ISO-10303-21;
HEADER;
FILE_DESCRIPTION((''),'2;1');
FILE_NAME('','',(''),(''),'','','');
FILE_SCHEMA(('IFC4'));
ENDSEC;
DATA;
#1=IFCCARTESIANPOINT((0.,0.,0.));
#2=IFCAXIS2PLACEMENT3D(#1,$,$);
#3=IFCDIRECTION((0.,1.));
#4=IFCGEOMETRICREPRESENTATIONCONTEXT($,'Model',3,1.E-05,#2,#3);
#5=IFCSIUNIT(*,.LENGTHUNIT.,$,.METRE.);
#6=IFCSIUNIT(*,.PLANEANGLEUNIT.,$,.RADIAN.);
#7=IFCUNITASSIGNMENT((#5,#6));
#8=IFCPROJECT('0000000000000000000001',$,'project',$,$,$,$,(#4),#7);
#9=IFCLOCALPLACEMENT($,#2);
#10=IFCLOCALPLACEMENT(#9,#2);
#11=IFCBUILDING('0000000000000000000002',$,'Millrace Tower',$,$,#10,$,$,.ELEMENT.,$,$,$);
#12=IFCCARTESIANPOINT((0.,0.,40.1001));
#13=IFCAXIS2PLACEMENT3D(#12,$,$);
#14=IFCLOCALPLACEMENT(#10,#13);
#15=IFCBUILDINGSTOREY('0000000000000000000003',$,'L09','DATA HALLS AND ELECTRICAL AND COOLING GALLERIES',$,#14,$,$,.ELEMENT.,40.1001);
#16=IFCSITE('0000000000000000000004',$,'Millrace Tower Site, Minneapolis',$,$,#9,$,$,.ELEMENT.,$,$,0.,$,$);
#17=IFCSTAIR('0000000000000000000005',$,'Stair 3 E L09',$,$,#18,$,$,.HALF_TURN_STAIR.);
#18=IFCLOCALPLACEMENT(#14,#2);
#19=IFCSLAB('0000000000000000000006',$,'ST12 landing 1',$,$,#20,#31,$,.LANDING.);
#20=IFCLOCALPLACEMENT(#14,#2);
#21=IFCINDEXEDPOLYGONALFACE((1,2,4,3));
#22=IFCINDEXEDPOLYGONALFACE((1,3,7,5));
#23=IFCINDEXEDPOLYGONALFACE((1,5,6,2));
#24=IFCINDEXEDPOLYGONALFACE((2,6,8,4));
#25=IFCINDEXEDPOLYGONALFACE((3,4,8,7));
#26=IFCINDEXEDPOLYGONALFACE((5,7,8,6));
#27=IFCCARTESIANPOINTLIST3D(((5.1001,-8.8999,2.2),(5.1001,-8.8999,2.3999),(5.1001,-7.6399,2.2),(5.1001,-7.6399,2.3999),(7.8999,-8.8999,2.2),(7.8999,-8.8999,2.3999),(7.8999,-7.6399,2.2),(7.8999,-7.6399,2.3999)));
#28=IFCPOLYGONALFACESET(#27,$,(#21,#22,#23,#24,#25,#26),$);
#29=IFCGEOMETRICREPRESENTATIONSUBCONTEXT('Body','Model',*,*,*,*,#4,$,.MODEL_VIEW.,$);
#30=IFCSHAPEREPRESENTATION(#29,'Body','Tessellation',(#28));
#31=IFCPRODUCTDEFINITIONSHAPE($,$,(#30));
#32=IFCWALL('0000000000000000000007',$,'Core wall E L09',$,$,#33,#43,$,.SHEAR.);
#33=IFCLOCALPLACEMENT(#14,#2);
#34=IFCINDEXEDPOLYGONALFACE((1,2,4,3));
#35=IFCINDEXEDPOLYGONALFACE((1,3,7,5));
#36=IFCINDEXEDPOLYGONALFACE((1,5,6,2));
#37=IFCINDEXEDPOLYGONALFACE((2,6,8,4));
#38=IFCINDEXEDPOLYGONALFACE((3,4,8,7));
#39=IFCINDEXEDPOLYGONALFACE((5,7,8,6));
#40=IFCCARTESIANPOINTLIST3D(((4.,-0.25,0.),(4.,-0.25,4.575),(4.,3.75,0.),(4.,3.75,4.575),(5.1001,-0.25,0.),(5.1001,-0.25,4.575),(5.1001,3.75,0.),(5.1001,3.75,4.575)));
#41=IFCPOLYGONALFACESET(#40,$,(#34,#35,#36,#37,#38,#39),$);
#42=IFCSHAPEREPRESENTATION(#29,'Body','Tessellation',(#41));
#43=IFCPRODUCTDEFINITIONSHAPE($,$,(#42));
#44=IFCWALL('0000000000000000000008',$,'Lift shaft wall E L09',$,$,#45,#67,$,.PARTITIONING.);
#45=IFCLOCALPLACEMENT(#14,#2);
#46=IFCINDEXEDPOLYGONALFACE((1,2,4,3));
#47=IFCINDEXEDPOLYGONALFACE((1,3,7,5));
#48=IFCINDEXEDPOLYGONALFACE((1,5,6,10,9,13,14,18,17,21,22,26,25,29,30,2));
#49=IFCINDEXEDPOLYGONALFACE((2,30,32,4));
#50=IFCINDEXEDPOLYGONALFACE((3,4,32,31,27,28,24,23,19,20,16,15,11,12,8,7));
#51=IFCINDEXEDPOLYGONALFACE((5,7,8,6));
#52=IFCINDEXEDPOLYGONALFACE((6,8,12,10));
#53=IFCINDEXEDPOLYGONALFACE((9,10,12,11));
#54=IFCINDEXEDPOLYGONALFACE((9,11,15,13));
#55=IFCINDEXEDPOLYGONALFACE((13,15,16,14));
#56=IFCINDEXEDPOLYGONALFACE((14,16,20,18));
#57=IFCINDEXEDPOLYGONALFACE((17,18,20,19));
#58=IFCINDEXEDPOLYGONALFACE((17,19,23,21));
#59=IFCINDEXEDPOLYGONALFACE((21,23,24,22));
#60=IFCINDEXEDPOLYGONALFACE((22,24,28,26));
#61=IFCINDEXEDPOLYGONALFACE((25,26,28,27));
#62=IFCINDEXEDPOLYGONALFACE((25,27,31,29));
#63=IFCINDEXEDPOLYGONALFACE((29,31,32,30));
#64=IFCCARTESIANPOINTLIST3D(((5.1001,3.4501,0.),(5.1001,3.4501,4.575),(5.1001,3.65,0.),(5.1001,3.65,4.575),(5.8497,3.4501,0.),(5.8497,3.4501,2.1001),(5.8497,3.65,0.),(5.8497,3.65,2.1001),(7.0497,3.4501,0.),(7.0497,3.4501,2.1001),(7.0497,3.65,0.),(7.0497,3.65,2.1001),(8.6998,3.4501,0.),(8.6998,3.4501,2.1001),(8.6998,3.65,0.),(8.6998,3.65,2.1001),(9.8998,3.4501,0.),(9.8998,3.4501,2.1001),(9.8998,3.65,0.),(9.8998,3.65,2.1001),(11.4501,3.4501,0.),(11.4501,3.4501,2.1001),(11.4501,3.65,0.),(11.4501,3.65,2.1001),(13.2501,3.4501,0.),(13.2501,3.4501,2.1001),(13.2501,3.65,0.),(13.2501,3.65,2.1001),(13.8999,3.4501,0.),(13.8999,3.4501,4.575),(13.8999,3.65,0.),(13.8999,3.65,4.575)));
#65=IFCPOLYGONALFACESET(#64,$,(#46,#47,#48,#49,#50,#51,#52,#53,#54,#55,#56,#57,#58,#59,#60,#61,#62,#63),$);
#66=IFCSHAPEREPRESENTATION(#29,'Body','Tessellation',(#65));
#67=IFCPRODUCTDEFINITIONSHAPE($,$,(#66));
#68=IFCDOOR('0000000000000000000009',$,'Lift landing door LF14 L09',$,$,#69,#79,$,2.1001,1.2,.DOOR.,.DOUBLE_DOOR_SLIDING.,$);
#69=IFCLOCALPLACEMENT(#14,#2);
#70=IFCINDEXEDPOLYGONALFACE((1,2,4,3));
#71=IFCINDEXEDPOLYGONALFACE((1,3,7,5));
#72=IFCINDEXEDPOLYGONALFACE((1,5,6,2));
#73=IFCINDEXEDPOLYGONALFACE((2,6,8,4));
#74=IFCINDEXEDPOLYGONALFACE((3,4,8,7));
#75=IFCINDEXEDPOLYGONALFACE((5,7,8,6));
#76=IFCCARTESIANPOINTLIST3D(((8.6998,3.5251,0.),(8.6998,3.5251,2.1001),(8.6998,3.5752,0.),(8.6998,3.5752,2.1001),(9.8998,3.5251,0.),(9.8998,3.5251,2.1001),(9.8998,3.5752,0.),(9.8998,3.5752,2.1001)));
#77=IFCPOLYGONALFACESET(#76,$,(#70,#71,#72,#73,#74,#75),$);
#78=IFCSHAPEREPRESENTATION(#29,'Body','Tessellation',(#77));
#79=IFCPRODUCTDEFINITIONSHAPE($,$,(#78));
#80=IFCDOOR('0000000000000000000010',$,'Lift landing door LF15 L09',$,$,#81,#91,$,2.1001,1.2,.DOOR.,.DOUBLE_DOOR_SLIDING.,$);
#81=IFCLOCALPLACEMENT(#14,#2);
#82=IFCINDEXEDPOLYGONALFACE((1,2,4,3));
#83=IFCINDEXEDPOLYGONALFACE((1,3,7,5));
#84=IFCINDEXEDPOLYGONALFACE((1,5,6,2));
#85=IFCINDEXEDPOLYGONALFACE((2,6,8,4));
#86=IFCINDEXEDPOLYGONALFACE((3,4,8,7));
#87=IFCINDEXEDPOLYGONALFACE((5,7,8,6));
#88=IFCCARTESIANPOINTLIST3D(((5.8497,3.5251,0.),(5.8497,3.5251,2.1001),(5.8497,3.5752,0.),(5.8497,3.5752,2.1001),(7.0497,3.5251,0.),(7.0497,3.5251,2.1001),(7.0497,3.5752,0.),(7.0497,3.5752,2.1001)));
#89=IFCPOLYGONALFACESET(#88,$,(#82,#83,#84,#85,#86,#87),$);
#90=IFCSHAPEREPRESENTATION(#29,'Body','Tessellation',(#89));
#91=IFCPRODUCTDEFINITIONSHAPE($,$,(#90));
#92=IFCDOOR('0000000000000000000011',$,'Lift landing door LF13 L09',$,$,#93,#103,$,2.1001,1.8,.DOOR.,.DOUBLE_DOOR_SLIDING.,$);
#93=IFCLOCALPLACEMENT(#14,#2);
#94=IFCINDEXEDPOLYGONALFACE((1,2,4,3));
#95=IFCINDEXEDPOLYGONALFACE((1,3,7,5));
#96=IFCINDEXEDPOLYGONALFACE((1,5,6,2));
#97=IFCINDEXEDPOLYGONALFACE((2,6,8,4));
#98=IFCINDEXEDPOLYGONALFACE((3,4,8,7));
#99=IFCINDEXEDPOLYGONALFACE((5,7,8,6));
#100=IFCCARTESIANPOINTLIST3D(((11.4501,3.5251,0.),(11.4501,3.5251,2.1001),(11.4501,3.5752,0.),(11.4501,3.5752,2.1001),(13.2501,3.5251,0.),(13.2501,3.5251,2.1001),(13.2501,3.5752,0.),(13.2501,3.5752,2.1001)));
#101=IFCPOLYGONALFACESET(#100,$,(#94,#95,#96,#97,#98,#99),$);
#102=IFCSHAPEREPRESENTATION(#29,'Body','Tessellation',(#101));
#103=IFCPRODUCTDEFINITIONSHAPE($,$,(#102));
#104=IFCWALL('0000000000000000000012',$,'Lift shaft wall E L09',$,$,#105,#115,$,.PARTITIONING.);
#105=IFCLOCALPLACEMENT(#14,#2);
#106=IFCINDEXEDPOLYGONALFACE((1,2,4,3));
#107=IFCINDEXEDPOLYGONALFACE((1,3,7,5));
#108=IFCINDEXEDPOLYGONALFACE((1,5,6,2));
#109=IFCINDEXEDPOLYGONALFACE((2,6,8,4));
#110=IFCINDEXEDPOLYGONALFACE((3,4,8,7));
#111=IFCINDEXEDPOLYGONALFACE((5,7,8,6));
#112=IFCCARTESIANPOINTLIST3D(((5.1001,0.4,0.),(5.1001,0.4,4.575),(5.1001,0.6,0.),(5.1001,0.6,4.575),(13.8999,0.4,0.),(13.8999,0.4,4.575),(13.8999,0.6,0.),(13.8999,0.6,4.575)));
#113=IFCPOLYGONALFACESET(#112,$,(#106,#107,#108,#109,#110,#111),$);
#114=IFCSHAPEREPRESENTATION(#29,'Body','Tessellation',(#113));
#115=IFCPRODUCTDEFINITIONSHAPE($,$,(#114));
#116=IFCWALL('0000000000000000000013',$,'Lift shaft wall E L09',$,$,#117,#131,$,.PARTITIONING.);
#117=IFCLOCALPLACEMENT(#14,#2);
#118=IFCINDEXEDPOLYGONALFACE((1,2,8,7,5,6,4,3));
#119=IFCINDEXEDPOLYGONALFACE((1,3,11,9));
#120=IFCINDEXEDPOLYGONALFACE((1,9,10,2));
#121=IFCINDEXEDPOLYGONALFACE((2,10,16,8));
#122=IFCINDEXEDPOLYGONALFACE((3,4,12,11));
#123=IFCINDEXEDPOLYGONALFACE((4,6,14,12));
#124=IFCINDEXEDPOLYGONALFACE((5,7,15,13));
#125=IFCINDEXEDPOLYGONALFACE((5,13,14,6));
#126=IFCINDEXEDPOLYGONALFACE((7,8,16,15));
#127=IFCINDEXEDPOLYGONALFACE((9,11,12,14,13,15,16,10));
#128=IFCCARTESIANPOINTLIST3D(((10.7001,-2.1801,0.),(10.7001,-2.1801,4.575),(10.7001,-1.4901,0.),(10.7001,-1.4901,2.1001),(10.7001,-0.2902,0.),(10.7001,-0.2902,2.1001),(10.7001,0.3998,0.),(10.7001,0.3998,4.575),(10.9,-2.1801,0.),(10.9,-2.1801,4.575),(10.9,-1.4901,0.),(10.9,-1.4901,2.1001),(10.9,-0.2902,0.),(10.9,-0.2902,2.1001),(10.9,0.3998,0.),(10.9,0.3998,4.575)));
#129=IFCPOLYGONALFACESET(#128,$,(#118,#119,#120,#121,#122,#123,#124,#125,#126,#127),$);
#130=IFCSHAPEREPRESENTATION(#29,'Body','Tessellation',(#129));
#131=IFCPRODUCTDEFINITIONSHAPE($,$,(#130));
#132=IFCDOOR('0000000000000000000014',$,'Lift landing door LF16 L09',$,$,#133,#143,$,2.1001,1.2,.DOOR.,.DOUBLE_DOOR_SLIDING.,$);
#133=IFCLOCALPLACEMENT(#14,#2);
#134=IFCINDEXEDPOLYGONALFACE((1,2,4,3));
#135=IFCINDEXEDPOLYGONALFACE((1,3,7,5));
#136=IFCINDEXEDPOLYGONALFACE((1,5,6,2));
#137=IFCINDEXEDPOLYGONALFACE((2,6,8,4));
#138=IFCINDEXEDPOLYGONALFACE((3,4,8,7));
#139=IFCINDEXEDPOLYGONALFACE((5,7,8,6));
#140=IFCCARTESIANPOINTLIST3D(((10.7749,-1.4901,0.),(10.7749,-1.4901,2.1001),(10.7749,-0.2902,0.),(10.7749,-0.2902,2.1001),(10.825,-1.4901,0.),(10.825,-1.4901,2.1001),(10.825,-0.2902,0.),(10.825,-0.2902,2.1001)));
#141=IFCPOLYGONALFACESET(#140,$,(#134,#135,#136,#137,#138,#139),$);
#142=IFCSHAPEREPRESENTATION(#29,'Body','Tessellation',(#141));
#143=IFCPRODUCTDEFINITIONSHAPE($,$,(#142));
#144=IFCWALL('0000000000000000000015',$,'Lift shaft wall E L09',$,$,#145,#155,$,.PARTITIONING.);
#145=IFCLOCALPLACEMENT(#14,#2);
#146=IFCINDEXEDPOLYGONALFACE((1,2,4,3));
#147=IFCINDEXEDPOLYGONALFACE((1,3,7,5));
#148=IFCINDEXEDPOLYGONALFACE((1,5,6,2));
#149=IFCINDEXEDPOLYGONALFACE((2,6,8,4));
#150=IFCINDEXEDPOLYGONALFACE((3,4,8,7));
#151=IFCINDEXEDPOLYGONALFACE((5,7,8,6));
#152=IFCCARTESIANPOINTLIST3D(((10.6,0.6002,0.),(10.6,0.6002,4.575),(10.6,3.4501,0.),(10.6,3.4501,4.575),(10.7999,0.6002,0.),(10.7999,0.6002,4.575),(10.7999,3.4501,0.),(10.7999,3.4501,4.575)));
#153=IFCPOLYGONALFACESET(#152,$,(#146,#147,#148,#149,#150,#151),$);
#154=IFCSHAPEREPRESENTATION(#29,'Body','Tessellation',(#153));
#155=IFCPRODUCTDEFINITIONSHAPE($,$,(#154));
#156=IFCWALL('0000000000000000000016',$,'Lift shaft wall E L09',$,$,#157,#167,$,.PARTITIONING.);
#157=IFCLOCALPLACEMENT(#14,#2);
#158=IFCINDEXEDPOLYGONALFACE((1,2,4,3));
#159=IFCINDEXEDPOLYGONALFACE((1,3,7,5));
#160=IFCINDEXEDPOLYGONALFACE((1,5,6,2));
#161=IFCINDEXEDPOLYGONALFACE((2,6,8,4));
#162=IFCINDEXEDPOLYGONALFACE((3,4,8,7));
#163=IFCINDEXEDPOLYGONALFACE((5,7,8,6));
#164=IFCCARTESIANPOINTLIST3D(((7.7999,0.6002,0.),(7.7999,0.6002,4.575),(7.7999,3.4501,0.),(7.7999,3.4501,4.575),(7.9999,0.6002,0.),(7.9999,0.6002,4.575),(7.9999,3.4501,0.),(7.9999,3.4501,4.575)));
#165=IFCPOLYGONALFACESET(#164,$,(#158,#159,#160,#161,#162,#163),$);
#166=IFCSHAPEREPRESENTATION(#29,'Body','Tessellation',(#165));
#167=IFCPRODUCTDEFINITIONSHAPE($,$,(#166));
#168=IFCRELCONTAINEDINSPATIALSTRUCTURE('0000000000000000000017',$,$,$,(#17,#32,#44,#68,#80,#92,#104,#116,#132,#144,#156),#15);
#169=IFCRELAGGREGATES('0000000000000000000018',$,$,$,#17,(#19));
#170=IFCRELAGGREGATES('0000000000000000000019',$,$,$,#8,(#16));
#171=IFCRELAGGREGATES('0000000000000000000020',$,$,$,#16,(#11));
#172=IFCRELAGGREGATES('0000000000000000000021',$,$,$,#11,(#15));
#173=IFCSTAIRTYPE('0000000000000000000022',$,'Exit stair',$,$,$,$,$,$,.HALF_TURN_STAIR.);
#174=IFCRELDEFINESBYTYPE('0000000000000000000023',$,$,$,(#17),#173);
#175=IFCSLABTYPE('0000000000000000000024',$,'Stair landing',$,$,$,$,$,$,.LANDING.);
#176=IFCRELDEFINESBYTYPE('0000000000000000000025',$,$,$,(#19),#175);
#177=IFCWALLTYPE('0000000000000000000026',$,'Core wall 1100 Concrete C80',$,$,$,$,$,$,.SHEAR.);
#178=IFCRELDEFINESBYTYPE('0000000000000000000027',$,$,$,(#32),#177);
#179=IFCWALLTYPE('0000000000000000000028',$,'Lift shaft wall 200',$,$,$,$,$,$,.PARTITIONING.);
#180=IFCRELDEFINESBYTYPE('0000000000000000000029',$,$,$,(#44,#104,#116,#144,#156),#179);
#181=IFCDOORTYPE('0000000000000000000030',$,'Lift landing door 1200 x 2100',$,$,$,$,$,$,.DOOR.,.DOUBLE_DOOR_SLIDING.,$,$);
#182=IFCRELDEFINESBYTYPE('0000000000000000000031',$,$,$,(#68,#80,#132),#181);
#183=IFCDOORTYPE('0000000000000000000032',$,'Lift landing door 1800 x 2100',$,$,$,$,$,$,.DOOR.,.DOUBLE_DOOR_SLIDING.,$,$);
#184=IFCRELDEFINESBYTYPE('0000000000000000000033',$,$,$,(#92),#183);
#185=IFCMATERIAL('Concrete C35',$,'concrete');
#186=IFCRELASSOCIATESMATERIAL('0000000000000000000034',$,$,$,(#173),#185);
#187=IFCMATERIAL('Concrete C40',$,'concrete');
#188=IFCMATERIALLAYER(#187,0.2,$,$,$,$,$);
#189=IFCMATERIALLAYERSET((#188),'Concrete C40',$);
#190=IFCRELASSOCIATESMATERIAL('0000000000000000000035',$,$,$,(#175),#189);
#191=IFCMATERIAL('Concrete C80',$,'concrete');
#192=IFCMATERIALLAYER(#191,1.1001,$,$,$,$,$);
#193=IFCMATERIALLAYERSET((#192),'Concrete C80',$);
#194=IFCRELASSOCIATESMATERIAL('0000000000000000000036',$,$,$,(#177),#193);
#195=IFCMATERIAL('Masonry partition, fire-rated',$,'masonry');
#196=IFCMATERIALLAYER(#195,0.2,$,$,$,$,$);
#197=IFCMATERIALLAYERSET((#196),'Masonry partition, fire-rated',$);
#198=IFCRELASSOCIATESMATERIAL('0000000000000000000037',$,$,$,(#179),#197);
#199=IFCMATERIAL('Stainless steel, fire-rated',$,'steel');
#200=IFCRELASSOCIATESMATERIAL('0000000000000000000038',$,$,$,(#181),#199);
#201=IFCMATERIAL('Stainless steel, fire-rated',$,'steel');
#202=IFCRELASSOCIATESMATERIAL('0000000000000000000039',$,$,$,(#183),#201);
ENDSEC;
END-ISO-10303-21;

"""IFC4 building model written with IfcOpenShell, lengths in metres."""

from ifc_helpers import new_model, si_unit, direction, frame, frame_2d, origin, place, context, subcontext, project, spatial, polyline, rectangle, outline, extrude, material, layer, layer_set, type_object, element, fill, aggregate, save


model = new_model("IFC4")

# Units and contexts
model_context = context("Model", 3, precision=1e-05, world=origin(), true_north=direction((0.0, 1.0)))
body_context = subcontext(model_context, "Body", "Model", "MODEL_VIEW")
ifc_project = project(units=[si_unit("LENGTHUNIT", "METRE"), si_unit("PLANEANGLEUNIT", "RADIAN")], contexts=[model_context])

# Site, building, storey
site_placement = place(None, origin())
site = spatial("IfcSite", under=ifc_project, at=site_placement, Name="Millrace Tower Site, Minneapolis", CompositionType="ELEMENT", RefElevation=0.0)
building_placement = place(site_placement, origin())
building = spatial("IfcBuilding", under=site, at=building_placement, Name="Millrace Tower", CompositionType="ELEMENT")
storey_placement = place(building_placement, frame((0.0, 0.0, 40.1001)))
storey = spatial("IfcBuildingStorey", under=building, at=storey_placement, Name="L09", Description="DATA HALLS AND ELECTRICAL AND COOLING GALLERIES", CompositionType="ELEMENT", Elevation=40.1001)

# Shared definitions
placement_1 = place(storey_placement, origin())

# Stair, slab
ifc_material_1 = material(Name="Concrete C35", Category="concrete")
stair_type = type_object("IfcStairType", Name="Exit stair", PredefinedType="HALF_TURN_STAIR", material=ifc_material_1)
ifc_material_2 = material(Name="Concrete C40", Category="concrete")
ifc_layer_1 = layer(ifc_material_2, 0.2)
ifc_layer_set_1 = layer_set([ifc_layer_1], Name="Concrete C40")
slab_type = type_object("IfcSlabType", Name="Stair landing", PredefinedType="LANDING", material=ifc_layer_set_1)
placement_2 = place(storey_placement, frame((0.0, 0.0, 2.2)))
stair_1 = element("IfcStair", 1, at=placement_1, inside=storey, type_object=stair_type, Name="Stair 3 E L09", PredefinedType="HALF_TURN_STAIR")
slab_1 = element("IfcSlab", 2, at=placement_2, type_object=slab_type, Name="ST12 landing 1", PredefinedType="LANDING", context=body_context, shape_type="SweptSolid", body=[
    extrude(outline(polyline([(5.1001, -8.8999), (7.8999, -8.8999), (7.8999, -7.6399), (5.1001, -7.6399), (5.1001, -8.8999)])), origin(), (0.0, 0.0, 1.0), 0.2),
])
aggregate(stair_1, [slab_1])

# Wall
ifc_material_3 = material(Name="Concrete C80", Category="concrete")
ifc_layer_2 = layer(ifc_material_3, 1.1001)
ifc_layer_set_2 = layer_set([ifc_layer_2], Name="Concrete C80")
wall_type_1 = type_object("IfcWallType", Name="Core wall 1100 Concrete C80", PredefinedType="SHEAR", material=ifc_layer_set_2)
wall_1_placement = place(storey_placement, frame((4.55, 3.75, 0.0), z_axis=(0.0, 0.0, 1.0), x_axis=(0.0, -1.0, 0.0)))
element("IfcWall", 3, at=wall_1_placement, inside=storey, type_object=wall_type_1, Name="Core wall E L09", PredefinedType="SHEAR", context=body_context, shape_type="SweptSolid", body=[
    extrude(rectangle(XDim=4.0, YDim=1.1001, at=frame_2d((2.0, 0.0))), origin(), (0.0, 0.0, 1.0), 4.575),
])

# Wall, openings, doors
ifc_material_4 = material(Name="Masonry partition, fire-rated", Category="masonry")
ifc_layer_3 = layer(ifc_material_4, 0.2)
ifc_layer_set_3 = layer_set([ifc_layer_3], Name="Masonry partition, fire-rated")
wall_type_2 = type_object("IfcWallType", Name="Lift shaft wall 200", PredefinedType="PARTITIONING", material=ifc_layer_set_3)
wall_2_placement = place(storey_placement, frame((13.8999, 3.55, 0.0), z_axis=(0.0, 0.0, 1.0), x_axis=(-1.0, 0.0, 0.0)))
wall_2 = element("IfcWall", 4, at=wall_2_placement, inside=storey, type_object=wall_type_2, Name="Lift shaft wall E L09", PredefinedType="PARTITIONING", context=body_context, shape_type="SweptSolid", body=[
    extrude(rectangle(XDim=8.7998, YDim=0.2, at=frame_2d((4.3999, 0.0))), origin(), (0.0, 0.0, 1.0), 4.575),
])
opening_1_placement = place(wall_2_placement, frame((0.6499, 0.0, 0.0)))
opening_1 = element("IfcOpeningElement", 5, at=opening_1_placement, cuts=wall_2, PredefinedType="OPENING", context=body_context, shape_type="SweptSolid", body=[
    extrude(rectangle(XDim=1.8, YDim=2.1001, at=frame_2d((0.8999, 1.05))), frame((0.0, 0.1099, 0.0), z_axis=(0.0, -1.0, 0.0), x_axis=(1.0, 0.0, 0.0)), (0.0, 0.0, 1.0), 0.22),
])
opening_2_placement = place(wall_2_placement, frame((4.0, 0.0, 0.0)))
opening_2 = element("IfcOpeningElement", 6, at=opening_2_placement, cuts=wall_2, PredefinedType="OPENING", context=body_context, shape_type="SweptSolid", body=[
    extrude(rectangle(XDim=1.2, YDim=2.1001, at=frame_2d((0.6001, 1.05))), frame((0.0, 0.1099, 0.0), z_axis=(0.0, -1.0, 0.0), x_axis=(1.0, 0.0, 0.0)), (0.0, 0.0, 1.0), 0.22),
])
opening_3_placement = place(wall_2_placement, frame((6.8501, 0.0, 0.0)))
opening_3 = element("IfcOpeningElement", 7, at=opening_3_placement, cuts=wall_2, PredefinedType="OPENING", context=body_context, shape_type="SweptSolid", body=[
    extrude(rectangle(XDim=1.2, YDim=2.1001, at=frame_2d((0.6001, 1.05))), frame((0.0, 0.1099, 0.0), z_axis=(0.0, -1.0, 0.0), x_axis=(1.0, 0.0, 0.0)), (0.0, 0.0, 1.0), 0.22),
])
ifc_material_5 = material(Name="Stainless steel, fire-rated", Category="steel")
door_type_1 = type_object("IfcDoorType", Name="Lift landing door 1200 x 2100", OperationType="DOUBLE_DOOR_SLIDING", PredefinedType="DOOR", material=ifc_material_5)
door_1_placement = place(opening_2_placement, origin())
door_1 = element("IfcDoor", 8, at=door_1_placement, inside=storey, type_object=door_type_1, Name="Lift landing door LF14 L09", OperationType="DOUBLE_DOOR_SLIDING", OverallHeight=2.1001, OverallWidth=1.2, PredefinedType="DOOR", context=body_context, shape_type="SweptSolid", body=[
    extrude(rectangle(XDim=1.2, YDim=2.1001, at=frame_2d((0.6001, 1.05))), frame((0.0, 0.0249, 0.0), z_axis=(0.0, -1.0, 0.0), x_axis=(1.0, 0.0, 0.0)), (0.0, 0.0, 1.0), 0.05),
])
fill(opening_2, door_1)
door_2_placement = place(opening_3_placement, origin())
door_2 = element("IfcDoor", 9, at=door_2_placement, inside=storey, type_object=door_type_1, Name="Lift landing door LF15 L09", OperationType="DOUBLE_DOOR_SLIDING", OverallHeight=2.1001, OverallWidth=1.2, PredefinedType="DOOR", context=body_context, shape_type="SweptSolid", body=[
    extrude(rectangle(XDim=1.2, YDim=2.1001, at=frame_2d((0.6001, 1.05))), frame((0.0, 0.0249, 0.0), z_axis=(0.0, -1.0, 0.0), x_axis=(1.0, 0.0, 0.0)), (0.0, 0.0, 1.0), 0.05),
])
fill(opening_3, door_2)
ifc_material_6 = material(Name="Stainless steel, fire-rated", Category="steel")
door_type_2 = type_object("IfcDoorType", Name="Lift landing door 1800 x 2100", OperationType="DOUBLE_DOOR_SLIDING", PredefinedType="DOOR", material=ifc_material_6)
door_3_placement = place(opening_1_placement, origin())
door_3 = element("IfcDoor", 10, at=door_3_placement, inside=storey, type_object=door_type_2, Name="Lift landing door LF13 L09", OperationType="DOUBLE_DOOR_SLIDING", OverallHeight=2.1001, OverallWidth=1.8, PredefinedType="DOOR", context=body_context, shape_type="SweptSolid", body=[
    extrude(rectangle(XDim=1.8, YDim=2.1001, at=frame_2d((0.8999, 1.05))), frame((0.0, 0.0249, 0.0), z_axis=(0.0, -1.0, 0.0), x_axis=(1.0, 0.0, 0.0)), (0.0, 0.0, 1.0), 0.05),
])
fill(opening_1, door_3)

# Wall
wall_3_placement = place(storey_placement, frame((13.8999, 0.5, 0.0), z_axis=(0.0, 0.0, 1.0), x_axis=(-1.0, 0.0, 0.0)))
element("IfcWall", 11, at=wall_3_placement, inside=storey, type_object=wall_type_2, Name="Lift shaft wall E L09", PredefinedType="PARTITIONING", context=body_context, shape_type="SweptSolid", body=[
    extrude(rectangle(XDim=8.7998, YDim=0.2, at=frame_2d((4.3999, 0.0))), origin(), (0.0, 0.0, 1.0), 4.575),
])

# Wall, opening, door
wall_4_placement = place(storey_placement, frame((10.8, 0.3999, 0.0), z_axis=(0.0, 0.0, 1.0), x_axis=(0.0, -1.0, 0.0)))
wall_4 = element("IfcWall", 12, at=wall_4_placement, inside=storey, type_object=wall_type_2, Name="Lift shaft wall E L09", PredefinedType="PARTITIONING", context=body_context, shape_type="SweptSolid", body=[
    extrude(rectangle(XDim=2.5798, YDim=0.2, at=frame_2d((1.29, 0.0))), origin(), (0.0, 0.0, 1.0), 4.575),
])
opening_4_placement = place(wall_4_placement, frame((0.6899, 0.0, 0.0)))
opening_4 = element("IfcOpeningElement", 13, at=opening_4_placement, cuts=wall_4, PredefinedType="OPENING", context=body_context, shape_type="SweptSolid", body=[
    extrude(rectangle(XDim=1.2, YDim=2.1001, at=frame_2d((0.6001, 1.05))), frame((0.0, 0.1099, 0.0), z_axis=(0.0, -1.0, 0.0), x_axis=(1.0, 0.0, 0.0)), (0.0, 0.0, 1.0), 0.22),
])
door_4_placement = place(opening_4_placement, origin())
door_4 = element("IfcDoor", 14, at=door_4_placement, inside=storey, type_object=door_type_1, Name="Lift landing door LF16 L09", OperationType="DOUBLE_DOOR_SLIDING", OverallHeight=2.1001, OverallWidth=1.2, PredefinedType="DOOR", context=body_context, shape_type="SweptSolid", body=[
    extrude(rectangle(XDim=1.2, YDim=2.1001, at=frame_2d((0.6001, 1.05))), frame((0.0, 0.0249, 0.0), z_axis=(0.0, -1.0, 0.0), x_axis=(1.0, 0.0, 0.0)), (0.0, 0.0, 1.0), 0.05),
])
fill(opening_4, door_4)

# Walls
for number, where, z_axis, x_axis, name in (
    (15, (10.7, 3.45, 0.0), (0.0, 0.0, 1.0), (0.0, -1.0, 0.0), "Lift shaft wall E L09"),
    (16, (7.8999, 3.45, 0.0), (0.0, 0.0, 1.0), (0.0, -1.0, 0.0), "Lift shaft wall E L09"),
):
    element("IfcWall", number, at=place(storey_placement, frame(where, z_axis=z_axis, x_axis=x_axis)), inside=storey, type_object=wall_type_2, Name=name, PredefinedType="PARTITIONING", context=body_context, shape_type="SweptSolid", body=[
        extrude(rectangle(XDim=2.8499, YDim=0.2, at=frame_2d((1.4248, 0.0))), origin(), (0.0, 0.0, 1.0), 4.575),
    ])

save(model, "model.ifc")
